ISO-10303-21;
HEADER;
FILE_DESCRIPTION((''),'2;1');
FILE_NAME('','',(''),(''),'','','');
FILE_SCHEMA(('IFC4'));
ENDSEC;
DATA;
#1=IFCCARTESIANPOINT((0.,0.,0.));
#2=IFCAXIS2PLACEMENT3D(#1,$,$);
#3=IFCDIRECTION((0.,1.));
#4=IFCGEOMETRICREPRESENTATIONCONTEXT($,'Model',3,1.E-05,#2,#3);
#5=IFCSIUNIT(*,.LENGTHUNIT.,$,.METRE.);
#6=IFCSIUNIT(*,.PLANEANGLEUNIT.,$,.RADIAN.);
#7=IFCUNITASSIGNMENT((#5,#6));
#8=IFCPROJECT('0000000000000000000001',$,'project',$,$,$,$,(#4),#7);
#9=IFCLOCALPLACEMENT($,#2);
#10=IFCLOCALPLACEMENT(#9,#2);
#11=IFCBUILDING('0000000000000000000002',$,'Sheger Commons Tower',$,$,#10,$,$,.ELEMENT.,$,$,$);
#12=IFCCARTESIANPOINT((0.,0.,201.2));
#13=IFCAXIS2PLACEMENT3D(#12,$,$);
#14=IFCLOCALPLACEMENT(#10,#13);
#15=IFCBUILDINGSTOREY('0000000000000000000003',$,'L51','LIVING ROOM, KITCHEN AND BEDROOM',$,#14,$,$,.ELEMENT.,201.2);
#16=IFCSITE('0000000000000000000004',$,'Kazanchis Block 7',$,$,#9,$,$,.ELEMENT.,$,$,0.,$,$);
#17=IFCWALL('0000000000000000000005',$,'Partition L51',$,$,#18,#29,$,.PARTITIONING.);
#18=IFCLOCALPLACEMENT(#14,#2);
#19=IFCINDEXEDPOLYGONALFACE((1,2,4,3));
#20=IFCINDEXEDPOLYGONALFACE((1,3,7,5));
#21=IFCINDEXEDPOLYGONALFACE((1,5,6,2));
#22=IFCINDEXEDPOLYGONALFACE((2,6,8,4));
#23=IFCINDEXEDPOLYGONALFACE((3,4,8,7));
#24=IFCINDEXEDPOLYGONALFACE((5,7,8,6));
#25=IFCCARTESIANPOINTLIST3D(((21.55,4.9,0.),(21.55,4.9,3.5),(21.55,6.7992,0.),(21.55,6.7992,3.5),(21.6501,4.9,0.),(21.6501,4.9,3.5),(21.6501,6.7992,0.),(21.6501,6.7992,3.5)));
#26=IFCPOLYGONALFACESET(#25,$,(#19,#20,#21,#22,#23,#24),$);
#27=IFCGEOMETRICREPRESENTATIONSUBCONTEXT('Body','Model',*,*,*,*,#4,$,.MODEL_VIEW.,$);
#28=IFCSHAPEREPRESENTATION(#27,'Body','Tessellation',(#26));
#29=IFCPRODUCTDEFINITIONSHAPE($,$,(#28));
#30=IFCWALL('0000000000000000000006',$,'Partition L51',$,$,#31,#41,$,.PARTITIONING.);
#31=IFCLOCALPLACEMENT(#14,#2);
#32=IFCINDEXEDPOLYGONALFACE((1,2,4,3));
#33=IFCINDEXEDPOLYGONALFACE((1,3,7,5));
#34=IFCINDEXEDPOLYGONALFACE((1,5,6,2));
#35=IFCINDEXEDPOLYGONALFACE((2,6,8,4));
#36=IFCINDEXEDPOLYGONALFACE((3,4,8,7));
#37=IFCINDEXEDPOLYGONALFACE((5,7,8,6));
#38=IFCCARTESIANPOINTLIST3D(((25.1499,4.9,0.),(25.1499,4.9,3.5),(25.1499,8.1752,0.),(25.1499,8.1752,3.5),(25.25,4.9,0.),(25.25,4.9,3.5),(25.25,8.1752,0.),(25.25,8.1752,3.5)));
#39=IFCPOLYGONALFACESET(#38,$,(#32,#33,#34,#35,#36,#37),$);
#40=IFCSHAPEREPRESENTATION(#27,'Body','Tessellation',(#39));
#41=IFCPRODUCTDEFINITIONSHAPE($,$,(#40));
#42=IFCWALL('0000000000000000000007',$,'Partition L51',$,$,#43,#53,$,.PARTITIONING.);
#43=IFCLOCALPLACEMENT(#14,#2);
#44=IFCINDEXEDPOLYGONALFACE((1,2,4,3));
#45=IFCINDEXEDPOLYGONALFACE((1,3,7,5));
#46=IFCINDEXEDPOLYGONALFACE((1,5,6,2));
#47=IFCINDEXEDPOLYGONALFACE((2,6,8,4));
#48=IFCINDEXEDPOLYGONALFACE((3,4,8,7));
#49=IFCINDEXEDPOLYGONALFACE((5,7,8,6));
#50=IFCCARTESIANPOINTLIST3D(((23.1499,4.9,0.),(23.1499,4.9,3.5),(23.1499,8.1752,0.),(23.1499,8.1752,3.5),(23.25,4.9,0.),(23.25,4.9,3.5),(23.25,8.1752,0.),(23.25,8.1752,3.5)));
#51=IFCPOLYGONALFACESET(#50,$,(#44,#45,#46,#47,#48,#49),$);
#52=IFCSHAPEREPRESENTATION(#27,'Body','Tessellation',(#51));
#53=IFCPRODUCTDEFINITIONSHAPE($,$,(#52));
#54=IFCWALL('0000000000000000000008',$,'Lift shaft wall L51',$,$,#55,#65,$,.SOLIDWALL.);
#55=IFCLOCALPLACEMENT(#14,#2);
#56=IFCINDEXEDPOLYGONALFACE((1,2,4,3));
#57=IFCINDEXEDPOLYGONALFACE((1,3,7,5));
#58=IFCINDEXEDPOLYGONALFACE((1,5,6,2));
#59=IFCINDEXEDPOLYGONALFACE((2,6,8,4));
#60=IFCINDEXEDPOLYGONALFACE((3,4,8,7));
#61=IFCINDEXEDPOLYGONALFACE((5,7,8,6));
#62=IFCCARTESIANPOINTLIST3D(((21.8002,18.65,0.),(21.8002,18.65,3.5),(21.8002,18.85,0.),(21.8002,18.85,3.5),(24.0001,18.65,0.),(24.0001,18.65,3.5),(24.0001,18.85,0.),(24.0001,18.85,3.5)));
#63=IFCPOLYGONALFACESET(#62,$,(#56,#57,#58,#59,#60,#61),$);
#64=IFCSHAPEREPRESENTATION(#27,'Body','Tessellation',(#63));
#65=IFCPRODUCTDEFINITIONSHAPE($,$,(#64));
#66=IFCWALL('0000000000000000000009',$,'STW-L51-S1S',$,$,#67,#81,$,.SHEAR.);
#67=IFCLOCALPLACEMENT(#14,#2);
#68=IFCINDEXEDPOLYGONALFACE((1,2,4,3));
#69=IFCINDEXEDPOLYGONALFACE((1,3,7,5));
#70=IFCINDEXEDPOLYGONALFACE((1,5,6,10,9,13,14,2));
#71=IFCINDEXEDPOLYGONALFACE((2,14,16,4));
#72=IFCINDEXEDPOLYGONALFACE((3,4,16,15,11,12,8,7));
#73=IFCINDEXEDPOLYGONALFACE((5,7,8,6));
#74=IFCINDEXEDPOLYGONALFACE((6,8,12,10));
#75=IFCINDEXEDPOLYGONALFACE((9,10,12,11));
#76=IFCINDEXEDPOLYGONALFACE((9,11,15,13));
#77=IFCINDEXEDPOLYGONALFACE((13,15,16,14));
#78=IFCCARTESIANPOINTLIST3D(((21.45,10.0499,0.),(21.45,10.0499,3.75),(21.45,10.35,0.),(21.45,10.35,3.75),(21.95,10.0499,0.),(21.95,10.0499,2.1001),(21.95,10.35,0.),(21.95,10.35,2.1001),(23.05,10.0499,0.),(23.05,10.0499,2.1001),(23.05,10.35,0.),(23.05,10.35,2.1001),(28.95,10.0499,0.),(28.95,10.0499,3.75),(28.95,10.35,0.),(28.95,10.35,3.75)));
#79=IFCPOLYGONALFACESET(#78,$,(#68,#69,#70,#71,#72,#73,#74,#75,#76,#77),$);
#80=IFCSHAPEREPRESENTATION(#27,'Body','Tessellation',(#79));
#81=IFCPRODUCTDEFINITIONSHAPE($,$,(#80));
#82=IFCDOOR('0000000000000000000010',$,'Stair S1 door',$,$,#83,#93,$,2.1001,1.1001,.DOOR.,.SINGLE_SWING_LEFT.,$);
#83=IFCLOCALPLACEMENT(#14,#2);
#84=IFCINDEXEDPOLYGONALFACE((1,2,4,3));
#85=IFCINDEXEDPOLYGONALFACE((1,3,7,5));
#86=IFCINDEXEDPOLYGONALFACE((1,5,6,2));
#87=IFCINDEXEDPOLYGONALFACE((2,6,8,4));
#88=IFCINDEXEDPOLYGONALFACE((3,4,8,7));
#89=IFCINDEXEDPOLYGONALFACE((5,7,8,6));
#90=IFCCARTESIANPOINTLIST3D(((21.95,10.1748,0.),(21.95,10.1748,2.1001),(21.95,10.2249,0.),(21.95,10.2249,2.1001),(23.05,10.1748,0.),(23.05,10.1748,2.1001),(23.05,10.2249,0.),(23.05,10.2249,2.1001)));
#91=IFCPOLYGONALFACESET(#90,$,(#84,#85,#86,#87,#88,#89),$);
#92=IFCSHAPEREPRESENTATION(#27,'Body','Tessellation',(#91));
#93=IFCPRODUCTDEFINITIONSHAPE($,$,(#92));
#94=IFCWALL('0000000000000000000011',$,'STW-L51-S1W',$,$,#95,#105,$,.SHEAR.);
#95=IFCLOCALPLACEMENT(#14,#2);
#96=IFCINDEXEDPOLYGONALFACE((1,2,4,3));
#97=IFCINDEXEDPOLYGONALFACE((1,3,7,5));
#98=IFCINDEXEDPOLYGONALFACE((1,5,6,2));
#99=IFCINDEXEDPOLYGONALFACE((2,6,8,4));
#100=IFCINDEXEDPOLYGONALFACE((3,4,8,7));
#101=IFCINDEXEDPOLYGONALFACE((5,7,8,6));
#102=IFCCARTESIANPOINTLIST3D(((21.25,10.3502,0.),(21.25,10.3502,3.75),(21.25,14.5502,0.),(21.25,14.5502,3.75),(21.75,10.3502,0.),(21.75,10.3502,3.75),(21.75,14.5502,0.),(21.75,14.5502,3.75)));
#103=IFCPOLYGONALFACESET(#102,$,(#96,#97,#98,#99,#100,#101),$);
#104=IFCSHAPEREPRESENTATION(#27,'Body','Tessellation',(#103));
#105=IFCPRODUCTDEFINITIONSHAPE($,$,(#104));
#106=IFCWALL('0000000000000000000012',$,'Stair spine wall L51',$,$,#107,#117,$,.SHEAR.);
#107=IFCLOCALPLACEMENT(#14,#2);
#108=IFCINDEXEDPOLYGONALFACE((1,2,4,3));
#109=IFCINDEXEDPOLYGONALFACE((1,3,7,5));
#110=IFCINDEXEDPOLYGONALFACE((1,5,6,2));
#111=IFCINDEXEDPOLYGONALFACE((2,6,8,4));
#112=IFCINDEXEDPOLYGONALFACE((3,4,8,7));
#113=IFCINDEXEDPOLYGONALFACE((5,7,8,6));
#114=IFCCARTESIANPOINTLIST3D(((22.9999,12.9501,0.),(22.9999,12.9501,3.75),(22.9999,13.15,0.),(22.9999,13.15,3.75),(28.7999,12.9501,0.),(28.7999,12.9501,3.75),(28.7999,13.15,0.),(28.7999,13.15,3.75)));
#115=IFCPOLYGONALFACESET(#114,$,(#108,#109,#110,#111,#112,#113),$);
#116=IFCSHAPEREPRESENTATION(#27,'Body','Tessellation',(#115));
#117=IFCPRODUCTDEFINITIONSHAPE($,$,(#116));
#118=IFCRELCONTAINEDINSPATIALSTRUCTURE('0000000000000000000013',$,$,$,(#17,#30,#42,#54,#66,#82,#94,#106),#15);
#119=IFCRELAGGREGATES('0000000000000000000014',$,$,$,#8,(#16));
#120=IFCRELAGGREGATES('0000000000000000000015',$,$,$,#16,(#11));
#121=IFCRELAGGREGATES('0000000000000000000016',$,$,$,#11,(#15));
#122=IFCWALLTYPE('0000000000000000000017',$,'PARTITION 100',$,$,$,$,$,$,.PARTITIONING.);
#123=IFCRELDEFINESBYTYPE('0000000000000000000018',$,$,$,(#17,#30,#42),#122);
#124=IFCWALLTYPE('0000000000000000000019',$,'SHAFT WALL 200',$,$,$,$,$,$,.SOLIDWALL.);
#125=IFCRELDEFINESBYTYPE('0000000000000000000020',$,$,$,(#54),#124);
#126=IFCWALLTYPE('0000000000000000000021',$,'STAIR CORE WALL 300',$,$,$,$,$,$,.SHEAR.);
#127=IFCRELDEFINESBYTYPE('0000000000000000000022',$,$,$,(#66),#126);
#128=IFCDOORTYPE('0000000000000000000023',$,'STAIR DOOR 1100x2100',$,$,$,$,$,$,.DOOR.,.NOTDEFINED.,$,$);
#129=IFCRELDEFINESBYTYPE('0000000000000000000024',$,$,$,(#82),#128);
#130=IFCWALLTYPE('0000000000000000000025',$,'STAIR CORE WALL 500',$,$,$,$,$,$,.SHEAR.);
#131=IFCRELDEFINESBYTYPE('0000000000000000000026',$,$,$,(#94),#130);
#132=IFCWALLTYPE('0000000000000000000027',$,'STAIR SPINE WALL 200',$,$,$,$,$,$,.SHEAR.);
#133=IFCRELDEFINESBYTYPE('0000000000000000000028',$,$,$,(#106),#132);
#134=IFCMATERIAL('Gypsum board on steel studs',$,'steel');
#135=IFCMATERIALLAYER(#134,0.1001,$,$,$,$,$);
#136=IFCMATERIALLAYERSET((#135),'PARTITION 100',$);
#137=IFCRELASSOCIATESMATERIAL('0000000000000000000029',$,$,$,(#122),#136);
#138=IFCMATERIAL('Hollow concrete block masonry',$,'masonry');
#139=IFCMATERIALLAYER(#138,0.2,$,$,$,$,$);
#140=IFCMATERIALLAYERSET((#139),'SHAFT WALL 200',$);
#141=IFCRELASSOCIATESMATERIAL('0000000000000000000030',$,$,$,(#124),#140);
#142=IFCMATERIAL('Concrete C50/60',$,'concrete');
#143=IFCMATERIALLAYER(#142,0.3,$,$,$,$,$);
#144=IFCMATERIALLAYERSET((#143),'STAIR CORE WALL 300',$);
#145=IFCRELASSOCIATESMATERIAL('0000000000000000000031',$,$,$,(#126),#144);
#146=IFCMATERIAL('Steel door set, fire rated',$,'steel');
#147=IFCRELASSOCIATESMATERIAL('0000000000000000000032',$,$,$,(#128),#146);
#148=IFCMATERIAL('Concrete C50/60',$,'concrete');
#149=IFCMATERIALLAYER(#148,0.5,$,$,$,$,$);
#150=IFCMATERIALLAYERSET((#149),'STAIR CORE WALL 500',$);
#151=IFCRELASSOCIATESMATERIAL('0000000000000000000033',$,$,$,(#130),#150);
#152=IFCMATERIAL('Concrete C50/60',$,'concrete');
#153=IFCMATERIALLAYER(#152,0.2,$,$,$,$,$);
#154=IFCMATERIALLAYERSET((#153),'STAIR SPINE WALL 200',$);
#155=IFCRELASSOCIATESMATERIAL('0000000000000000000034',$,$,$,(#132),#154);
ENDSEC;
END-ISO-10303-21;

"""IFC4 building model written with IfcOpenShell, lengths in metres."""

from ifc_helpers import new_model, si_unit, direction, frame, frame_2d, origin, place, context, subcontext, project, spatial, rectangle, extrude, material, layer, layer_set, type_object, element, fill, save


model = new_model("IFC4")

# Units and contexts
model_context = context("Model", 3, precision=1e-05, world=origin(), true_north=direction((0.0, 1.0)))
body_context = subcontext(model_context, "Body", "Model", "MODEL_VIEW")
ifc_project = project(units=[si_unit("LENGTHUNIT", "METRE"), si_unit("PLANEANGLEUNIT", "RADIAN")], contexts=[model_context])

# Site, building, storey
site_placement = place(None, origin())
site = spatial("IfcSite", under=ifc_project, at=site_placement, Name="Kazanchis Block 7", CompositionType="ELEMENT", RefElevation=0.0)
building_placement = place(site_placement, origin())
building = spatial("IfcBuilding", under=site, at=building_placement, Name="Sheger Commons Tower", CompositionType="ELEMENT")
storey_placement = place(building_placement, frame((0.0, 0.0, 201.2)))
storey = spatial("IfcBuildingStorey", under=building, at=storey_placement, Name="L51", Description="LIVING ROOM, KITCHEN AND BEDROOM", CompositionType="ELEMENT", Elevation=201.2)

# Walls
ifc_material_1 = material(Name="Gypsum board on steel studs", Category="steel")
ifc_layer_1 = layer(ifc_material_1, 0.1001)
ifc_layer_set_1 = layer_set([ifc_layer_1], Name="PARTITION 100")
wall_type_1 = type_object("IfcWallType", Name="PARTITION 100", PredefinedType="PARTITIONING", material=ifc_layer_set_1)
wall_1_placement = place(storey_placement, frame((21.6001, 4.8999, 0.0), z_axis=(0.0, 0.0, 1.0), x_axis=(0.0, 1.0, 0.0)))
element("IfcWall", 1, at=wall_1_placement, inside=storey, type_object=wall_type_1, Name="Partition L51", PredefinedType="PARTITIONING", context=body_context, shape_type="SweptSolid", body=[
    extrude(rectangle(XDim=1.8992, YDim=0.1001, at=frame_2d((0.9497, 0.0))), origin(), (0.0, 0.0, 1.0), 3.5),
])
for number, where, z_axis, x_axis, name in (
    (2, (25.2, 4.8999, 0.0), (0.0, 0.0, 1.0), (0.0, 1.0, 0.0), "Partition L51"),
    (3, (23.2, 4.8999, 0.0), (0.0, 0.0, 1.0), (0.0, 1.0, 0.0), "Partition L51"),
):
    element("IfcWall", number, at=place(storey_placement, frame(where, z_axis=z_axis, x_axis=x_axis)), inside=storey, type_object=wall_type_1, Name=name, PredefinedType="PARTITIONING", context=body_context, shape_type="SweptSolid", body=[
        extrude(rectangle(XDim=3.2751, YDim=0.1001, at=frame_2d((1.6377, 0.0))), origin(), (0.0, 0.0, 1.0), 3.5),
    ])
ifc_material_2 = material(Name="Hollow concrete block masonry", Category="masonry")
ifc_layer_2 = layer(ifc_material_2, 0.2)
ifc_layer_set_2 = layer_set([ifc_layer_2], Name="SHAFT WALL 200")
wall_type_2 = type_object("IfcWallType", Name="SHAFT WALL 200", PredefinedType="SOLIDWALL", material=ifc_layer_set_2)
wall_2_placement = place(storey_placement, frame((21.8, 18.75, 0.0), z_axis=(0.0, 0.0, 1.0), x_axis=(1.0, 0.0, 0.0)))
element("IfcWall", 4, at=wall_2_placement, inside=storey, type_object=wall_type_2, Name="Lift shaft wall L51", PredefinedType="SOLIDWALL", context=body_context, shape_type="SweptSolid", body=[
    extrude(rectangle(XDim=2.2, YDim=0.2, at=frame_2d((1.1001, 0.0))), origin(), (0.0, 0.0, 1.0), 3.5),
])

# Wall, opening, door
ifc_material_3 = material(Name="Concrete C50/60", Category="concrete")
ifc_layer_3 = layer(ifc_material_3, 0.3)
ifc_layer_set_3 = layer_set([ifc_layer_3], Name="STAIR CORE WALL 300")
wall_type_3 = type_object("IfcWallType", Name="STAIR CORE WALL 300", PredefinedType="SHEAR", material=ifc_layer_set_3)
wall_3_placement = place(storey_placement, frame((21.45, 10.2, 0.0), z_axis=(0.0, 0.0, 1.0), x_axis=(1.0, 0.0, 0.0)))
wall_3 = element("IfcWall", 5, at=wall_3_placement, inside=storey, type_object=wall_type_3, Name="STW-L51-S1S", PredefinedType="SHEAR", context=body_context, shape_type="SweptSolid", body=[
    extrude(rectangle(XDim=7.5, YDim=0.3, at=frame_2d((3.75, 0.0))), origin(), (0.0, 0.0, 1.0), 3.75),
])
opening_1_placement = place(wall_3_placement, frame((0.5, 0.0, 0.0)))
opening_1 = element("IfcOpeningElement", 6, at=opening_1_placement, cuts=wall_3, PredefinedType="OPENING", context=body_context, shape_type="SweptSolid", body=[
    extrude(rectangle(XDim=1.1001, YDim=2.1001, at=frame_2d((0.55, 1.05))), frame((0.0, 0.1599, 0.0), z_axis=(0.0, -1.0, 0.0), x_axis=(1.0, 0.0, 0.0)), (0.0, 0.0, 1.0), 0.3201),
])
ifc_material_4 = material(Name="Steel door set, fire rated", Category="steel")
door_type_1 = type_object("IfcDoorType", Name="STAIR DOOR 1100x2100", OperationType="NOTDEFINED", PredefinedType="DOOR", material=ifc_material_4)
door_1_placement = place(opening_1_placement, origin())
door_1 = element("IfcDoor", 7, at=door_1_placement, inside=storey, type_object=door_type_1, Name="Stair S1 door", OperationType="SINGLE_SWING_LEFT", OverallHeight=2.1001, OverallWidth=1.1001, PredefinedType="DOOR", context=body_context, shape_type="SweptSolid", body=[
    extrude(rectangle(XDim=1.1001, YDim=2.1001, at=frame_2d((0.55, 1.05))), frame((0.0, 0.0249, 0.0), z_axis=(0.0, -1.0, 0.0), x_axis=(1.0, 0.0, 0.0)), (0.0, 0.0, 1.0), 0.05),
])
fill(opening_1, door_1)

# Walls
ifc_material_5 = material(Name="Concrete C50/60", Category="concrete")
ifc_layer_4 = layer(ifc_material_5, 0.5)
ifc_layer_set_4 = layer_set([ifc_layer_4], Name="STAIR CORE WALL 500")
wall_type_4 = type_object("IfcWallType", Name="STAIR CORE WALL 500", PredefinedType="SHEAR", material=ifc_layer_set_4)
wall_4_placement = place(storey_placement, frame((21.5, 10.3501, 0.0), z_axis=(0.0, 0.0, 1.0), x_axis=(0.0, 1.0, 0.0)))
element("IfcWall", 8, at=wall_4_placement, inside=storey, type_object=wall_type_4, Name="STW-L51-S1W", PredefinedType="SHEAR", context=body_context, shape_type="SweptSolid", body=[
    extrude(rectangle(XDim=4.2, YDim=0.5, at=frame_2d((2.1001, 0.0))), origin(), (0.0, 0.0, 1.0), 3.75),
])
ifc_material_6 = material(Name="Concrete C50/60", Category="concrete")
ifc_layer_5 = layer(ifc_material_6, 0.2)
ifc_layer_set_5 = layer_set([ifc_layer_5], Name="STAIR SPINE WALL 200")
wall_type_5 = type_object("IfcWallType", Name="STAIR SPINE WALL 200", PredefinedType="SHEAR", material=ifc_layer_set_5)
wall_5_placement = place(storey_placement, frame((23.0, 13.05, 0.0), z_axis=(0.0, 0.0, 1.0), x_axis=(1.0, 0.0, 0.0)))
element("IfcWall", 9, at=wall_5_placement, inside=storey, type_object=wall_type_5, Name="Stair spine wall L51", PredefinedType="SHEAR", context=body_context, shape_type="SweptSolid", body=[
    extrude(rectangle(XDim=5.8, YDim=0.2, at=frame_2d((2.8999, 0.0))), origin(), (0.0, 0.0, 1.0), 3.75),
])

save(model, "model.ifc")
